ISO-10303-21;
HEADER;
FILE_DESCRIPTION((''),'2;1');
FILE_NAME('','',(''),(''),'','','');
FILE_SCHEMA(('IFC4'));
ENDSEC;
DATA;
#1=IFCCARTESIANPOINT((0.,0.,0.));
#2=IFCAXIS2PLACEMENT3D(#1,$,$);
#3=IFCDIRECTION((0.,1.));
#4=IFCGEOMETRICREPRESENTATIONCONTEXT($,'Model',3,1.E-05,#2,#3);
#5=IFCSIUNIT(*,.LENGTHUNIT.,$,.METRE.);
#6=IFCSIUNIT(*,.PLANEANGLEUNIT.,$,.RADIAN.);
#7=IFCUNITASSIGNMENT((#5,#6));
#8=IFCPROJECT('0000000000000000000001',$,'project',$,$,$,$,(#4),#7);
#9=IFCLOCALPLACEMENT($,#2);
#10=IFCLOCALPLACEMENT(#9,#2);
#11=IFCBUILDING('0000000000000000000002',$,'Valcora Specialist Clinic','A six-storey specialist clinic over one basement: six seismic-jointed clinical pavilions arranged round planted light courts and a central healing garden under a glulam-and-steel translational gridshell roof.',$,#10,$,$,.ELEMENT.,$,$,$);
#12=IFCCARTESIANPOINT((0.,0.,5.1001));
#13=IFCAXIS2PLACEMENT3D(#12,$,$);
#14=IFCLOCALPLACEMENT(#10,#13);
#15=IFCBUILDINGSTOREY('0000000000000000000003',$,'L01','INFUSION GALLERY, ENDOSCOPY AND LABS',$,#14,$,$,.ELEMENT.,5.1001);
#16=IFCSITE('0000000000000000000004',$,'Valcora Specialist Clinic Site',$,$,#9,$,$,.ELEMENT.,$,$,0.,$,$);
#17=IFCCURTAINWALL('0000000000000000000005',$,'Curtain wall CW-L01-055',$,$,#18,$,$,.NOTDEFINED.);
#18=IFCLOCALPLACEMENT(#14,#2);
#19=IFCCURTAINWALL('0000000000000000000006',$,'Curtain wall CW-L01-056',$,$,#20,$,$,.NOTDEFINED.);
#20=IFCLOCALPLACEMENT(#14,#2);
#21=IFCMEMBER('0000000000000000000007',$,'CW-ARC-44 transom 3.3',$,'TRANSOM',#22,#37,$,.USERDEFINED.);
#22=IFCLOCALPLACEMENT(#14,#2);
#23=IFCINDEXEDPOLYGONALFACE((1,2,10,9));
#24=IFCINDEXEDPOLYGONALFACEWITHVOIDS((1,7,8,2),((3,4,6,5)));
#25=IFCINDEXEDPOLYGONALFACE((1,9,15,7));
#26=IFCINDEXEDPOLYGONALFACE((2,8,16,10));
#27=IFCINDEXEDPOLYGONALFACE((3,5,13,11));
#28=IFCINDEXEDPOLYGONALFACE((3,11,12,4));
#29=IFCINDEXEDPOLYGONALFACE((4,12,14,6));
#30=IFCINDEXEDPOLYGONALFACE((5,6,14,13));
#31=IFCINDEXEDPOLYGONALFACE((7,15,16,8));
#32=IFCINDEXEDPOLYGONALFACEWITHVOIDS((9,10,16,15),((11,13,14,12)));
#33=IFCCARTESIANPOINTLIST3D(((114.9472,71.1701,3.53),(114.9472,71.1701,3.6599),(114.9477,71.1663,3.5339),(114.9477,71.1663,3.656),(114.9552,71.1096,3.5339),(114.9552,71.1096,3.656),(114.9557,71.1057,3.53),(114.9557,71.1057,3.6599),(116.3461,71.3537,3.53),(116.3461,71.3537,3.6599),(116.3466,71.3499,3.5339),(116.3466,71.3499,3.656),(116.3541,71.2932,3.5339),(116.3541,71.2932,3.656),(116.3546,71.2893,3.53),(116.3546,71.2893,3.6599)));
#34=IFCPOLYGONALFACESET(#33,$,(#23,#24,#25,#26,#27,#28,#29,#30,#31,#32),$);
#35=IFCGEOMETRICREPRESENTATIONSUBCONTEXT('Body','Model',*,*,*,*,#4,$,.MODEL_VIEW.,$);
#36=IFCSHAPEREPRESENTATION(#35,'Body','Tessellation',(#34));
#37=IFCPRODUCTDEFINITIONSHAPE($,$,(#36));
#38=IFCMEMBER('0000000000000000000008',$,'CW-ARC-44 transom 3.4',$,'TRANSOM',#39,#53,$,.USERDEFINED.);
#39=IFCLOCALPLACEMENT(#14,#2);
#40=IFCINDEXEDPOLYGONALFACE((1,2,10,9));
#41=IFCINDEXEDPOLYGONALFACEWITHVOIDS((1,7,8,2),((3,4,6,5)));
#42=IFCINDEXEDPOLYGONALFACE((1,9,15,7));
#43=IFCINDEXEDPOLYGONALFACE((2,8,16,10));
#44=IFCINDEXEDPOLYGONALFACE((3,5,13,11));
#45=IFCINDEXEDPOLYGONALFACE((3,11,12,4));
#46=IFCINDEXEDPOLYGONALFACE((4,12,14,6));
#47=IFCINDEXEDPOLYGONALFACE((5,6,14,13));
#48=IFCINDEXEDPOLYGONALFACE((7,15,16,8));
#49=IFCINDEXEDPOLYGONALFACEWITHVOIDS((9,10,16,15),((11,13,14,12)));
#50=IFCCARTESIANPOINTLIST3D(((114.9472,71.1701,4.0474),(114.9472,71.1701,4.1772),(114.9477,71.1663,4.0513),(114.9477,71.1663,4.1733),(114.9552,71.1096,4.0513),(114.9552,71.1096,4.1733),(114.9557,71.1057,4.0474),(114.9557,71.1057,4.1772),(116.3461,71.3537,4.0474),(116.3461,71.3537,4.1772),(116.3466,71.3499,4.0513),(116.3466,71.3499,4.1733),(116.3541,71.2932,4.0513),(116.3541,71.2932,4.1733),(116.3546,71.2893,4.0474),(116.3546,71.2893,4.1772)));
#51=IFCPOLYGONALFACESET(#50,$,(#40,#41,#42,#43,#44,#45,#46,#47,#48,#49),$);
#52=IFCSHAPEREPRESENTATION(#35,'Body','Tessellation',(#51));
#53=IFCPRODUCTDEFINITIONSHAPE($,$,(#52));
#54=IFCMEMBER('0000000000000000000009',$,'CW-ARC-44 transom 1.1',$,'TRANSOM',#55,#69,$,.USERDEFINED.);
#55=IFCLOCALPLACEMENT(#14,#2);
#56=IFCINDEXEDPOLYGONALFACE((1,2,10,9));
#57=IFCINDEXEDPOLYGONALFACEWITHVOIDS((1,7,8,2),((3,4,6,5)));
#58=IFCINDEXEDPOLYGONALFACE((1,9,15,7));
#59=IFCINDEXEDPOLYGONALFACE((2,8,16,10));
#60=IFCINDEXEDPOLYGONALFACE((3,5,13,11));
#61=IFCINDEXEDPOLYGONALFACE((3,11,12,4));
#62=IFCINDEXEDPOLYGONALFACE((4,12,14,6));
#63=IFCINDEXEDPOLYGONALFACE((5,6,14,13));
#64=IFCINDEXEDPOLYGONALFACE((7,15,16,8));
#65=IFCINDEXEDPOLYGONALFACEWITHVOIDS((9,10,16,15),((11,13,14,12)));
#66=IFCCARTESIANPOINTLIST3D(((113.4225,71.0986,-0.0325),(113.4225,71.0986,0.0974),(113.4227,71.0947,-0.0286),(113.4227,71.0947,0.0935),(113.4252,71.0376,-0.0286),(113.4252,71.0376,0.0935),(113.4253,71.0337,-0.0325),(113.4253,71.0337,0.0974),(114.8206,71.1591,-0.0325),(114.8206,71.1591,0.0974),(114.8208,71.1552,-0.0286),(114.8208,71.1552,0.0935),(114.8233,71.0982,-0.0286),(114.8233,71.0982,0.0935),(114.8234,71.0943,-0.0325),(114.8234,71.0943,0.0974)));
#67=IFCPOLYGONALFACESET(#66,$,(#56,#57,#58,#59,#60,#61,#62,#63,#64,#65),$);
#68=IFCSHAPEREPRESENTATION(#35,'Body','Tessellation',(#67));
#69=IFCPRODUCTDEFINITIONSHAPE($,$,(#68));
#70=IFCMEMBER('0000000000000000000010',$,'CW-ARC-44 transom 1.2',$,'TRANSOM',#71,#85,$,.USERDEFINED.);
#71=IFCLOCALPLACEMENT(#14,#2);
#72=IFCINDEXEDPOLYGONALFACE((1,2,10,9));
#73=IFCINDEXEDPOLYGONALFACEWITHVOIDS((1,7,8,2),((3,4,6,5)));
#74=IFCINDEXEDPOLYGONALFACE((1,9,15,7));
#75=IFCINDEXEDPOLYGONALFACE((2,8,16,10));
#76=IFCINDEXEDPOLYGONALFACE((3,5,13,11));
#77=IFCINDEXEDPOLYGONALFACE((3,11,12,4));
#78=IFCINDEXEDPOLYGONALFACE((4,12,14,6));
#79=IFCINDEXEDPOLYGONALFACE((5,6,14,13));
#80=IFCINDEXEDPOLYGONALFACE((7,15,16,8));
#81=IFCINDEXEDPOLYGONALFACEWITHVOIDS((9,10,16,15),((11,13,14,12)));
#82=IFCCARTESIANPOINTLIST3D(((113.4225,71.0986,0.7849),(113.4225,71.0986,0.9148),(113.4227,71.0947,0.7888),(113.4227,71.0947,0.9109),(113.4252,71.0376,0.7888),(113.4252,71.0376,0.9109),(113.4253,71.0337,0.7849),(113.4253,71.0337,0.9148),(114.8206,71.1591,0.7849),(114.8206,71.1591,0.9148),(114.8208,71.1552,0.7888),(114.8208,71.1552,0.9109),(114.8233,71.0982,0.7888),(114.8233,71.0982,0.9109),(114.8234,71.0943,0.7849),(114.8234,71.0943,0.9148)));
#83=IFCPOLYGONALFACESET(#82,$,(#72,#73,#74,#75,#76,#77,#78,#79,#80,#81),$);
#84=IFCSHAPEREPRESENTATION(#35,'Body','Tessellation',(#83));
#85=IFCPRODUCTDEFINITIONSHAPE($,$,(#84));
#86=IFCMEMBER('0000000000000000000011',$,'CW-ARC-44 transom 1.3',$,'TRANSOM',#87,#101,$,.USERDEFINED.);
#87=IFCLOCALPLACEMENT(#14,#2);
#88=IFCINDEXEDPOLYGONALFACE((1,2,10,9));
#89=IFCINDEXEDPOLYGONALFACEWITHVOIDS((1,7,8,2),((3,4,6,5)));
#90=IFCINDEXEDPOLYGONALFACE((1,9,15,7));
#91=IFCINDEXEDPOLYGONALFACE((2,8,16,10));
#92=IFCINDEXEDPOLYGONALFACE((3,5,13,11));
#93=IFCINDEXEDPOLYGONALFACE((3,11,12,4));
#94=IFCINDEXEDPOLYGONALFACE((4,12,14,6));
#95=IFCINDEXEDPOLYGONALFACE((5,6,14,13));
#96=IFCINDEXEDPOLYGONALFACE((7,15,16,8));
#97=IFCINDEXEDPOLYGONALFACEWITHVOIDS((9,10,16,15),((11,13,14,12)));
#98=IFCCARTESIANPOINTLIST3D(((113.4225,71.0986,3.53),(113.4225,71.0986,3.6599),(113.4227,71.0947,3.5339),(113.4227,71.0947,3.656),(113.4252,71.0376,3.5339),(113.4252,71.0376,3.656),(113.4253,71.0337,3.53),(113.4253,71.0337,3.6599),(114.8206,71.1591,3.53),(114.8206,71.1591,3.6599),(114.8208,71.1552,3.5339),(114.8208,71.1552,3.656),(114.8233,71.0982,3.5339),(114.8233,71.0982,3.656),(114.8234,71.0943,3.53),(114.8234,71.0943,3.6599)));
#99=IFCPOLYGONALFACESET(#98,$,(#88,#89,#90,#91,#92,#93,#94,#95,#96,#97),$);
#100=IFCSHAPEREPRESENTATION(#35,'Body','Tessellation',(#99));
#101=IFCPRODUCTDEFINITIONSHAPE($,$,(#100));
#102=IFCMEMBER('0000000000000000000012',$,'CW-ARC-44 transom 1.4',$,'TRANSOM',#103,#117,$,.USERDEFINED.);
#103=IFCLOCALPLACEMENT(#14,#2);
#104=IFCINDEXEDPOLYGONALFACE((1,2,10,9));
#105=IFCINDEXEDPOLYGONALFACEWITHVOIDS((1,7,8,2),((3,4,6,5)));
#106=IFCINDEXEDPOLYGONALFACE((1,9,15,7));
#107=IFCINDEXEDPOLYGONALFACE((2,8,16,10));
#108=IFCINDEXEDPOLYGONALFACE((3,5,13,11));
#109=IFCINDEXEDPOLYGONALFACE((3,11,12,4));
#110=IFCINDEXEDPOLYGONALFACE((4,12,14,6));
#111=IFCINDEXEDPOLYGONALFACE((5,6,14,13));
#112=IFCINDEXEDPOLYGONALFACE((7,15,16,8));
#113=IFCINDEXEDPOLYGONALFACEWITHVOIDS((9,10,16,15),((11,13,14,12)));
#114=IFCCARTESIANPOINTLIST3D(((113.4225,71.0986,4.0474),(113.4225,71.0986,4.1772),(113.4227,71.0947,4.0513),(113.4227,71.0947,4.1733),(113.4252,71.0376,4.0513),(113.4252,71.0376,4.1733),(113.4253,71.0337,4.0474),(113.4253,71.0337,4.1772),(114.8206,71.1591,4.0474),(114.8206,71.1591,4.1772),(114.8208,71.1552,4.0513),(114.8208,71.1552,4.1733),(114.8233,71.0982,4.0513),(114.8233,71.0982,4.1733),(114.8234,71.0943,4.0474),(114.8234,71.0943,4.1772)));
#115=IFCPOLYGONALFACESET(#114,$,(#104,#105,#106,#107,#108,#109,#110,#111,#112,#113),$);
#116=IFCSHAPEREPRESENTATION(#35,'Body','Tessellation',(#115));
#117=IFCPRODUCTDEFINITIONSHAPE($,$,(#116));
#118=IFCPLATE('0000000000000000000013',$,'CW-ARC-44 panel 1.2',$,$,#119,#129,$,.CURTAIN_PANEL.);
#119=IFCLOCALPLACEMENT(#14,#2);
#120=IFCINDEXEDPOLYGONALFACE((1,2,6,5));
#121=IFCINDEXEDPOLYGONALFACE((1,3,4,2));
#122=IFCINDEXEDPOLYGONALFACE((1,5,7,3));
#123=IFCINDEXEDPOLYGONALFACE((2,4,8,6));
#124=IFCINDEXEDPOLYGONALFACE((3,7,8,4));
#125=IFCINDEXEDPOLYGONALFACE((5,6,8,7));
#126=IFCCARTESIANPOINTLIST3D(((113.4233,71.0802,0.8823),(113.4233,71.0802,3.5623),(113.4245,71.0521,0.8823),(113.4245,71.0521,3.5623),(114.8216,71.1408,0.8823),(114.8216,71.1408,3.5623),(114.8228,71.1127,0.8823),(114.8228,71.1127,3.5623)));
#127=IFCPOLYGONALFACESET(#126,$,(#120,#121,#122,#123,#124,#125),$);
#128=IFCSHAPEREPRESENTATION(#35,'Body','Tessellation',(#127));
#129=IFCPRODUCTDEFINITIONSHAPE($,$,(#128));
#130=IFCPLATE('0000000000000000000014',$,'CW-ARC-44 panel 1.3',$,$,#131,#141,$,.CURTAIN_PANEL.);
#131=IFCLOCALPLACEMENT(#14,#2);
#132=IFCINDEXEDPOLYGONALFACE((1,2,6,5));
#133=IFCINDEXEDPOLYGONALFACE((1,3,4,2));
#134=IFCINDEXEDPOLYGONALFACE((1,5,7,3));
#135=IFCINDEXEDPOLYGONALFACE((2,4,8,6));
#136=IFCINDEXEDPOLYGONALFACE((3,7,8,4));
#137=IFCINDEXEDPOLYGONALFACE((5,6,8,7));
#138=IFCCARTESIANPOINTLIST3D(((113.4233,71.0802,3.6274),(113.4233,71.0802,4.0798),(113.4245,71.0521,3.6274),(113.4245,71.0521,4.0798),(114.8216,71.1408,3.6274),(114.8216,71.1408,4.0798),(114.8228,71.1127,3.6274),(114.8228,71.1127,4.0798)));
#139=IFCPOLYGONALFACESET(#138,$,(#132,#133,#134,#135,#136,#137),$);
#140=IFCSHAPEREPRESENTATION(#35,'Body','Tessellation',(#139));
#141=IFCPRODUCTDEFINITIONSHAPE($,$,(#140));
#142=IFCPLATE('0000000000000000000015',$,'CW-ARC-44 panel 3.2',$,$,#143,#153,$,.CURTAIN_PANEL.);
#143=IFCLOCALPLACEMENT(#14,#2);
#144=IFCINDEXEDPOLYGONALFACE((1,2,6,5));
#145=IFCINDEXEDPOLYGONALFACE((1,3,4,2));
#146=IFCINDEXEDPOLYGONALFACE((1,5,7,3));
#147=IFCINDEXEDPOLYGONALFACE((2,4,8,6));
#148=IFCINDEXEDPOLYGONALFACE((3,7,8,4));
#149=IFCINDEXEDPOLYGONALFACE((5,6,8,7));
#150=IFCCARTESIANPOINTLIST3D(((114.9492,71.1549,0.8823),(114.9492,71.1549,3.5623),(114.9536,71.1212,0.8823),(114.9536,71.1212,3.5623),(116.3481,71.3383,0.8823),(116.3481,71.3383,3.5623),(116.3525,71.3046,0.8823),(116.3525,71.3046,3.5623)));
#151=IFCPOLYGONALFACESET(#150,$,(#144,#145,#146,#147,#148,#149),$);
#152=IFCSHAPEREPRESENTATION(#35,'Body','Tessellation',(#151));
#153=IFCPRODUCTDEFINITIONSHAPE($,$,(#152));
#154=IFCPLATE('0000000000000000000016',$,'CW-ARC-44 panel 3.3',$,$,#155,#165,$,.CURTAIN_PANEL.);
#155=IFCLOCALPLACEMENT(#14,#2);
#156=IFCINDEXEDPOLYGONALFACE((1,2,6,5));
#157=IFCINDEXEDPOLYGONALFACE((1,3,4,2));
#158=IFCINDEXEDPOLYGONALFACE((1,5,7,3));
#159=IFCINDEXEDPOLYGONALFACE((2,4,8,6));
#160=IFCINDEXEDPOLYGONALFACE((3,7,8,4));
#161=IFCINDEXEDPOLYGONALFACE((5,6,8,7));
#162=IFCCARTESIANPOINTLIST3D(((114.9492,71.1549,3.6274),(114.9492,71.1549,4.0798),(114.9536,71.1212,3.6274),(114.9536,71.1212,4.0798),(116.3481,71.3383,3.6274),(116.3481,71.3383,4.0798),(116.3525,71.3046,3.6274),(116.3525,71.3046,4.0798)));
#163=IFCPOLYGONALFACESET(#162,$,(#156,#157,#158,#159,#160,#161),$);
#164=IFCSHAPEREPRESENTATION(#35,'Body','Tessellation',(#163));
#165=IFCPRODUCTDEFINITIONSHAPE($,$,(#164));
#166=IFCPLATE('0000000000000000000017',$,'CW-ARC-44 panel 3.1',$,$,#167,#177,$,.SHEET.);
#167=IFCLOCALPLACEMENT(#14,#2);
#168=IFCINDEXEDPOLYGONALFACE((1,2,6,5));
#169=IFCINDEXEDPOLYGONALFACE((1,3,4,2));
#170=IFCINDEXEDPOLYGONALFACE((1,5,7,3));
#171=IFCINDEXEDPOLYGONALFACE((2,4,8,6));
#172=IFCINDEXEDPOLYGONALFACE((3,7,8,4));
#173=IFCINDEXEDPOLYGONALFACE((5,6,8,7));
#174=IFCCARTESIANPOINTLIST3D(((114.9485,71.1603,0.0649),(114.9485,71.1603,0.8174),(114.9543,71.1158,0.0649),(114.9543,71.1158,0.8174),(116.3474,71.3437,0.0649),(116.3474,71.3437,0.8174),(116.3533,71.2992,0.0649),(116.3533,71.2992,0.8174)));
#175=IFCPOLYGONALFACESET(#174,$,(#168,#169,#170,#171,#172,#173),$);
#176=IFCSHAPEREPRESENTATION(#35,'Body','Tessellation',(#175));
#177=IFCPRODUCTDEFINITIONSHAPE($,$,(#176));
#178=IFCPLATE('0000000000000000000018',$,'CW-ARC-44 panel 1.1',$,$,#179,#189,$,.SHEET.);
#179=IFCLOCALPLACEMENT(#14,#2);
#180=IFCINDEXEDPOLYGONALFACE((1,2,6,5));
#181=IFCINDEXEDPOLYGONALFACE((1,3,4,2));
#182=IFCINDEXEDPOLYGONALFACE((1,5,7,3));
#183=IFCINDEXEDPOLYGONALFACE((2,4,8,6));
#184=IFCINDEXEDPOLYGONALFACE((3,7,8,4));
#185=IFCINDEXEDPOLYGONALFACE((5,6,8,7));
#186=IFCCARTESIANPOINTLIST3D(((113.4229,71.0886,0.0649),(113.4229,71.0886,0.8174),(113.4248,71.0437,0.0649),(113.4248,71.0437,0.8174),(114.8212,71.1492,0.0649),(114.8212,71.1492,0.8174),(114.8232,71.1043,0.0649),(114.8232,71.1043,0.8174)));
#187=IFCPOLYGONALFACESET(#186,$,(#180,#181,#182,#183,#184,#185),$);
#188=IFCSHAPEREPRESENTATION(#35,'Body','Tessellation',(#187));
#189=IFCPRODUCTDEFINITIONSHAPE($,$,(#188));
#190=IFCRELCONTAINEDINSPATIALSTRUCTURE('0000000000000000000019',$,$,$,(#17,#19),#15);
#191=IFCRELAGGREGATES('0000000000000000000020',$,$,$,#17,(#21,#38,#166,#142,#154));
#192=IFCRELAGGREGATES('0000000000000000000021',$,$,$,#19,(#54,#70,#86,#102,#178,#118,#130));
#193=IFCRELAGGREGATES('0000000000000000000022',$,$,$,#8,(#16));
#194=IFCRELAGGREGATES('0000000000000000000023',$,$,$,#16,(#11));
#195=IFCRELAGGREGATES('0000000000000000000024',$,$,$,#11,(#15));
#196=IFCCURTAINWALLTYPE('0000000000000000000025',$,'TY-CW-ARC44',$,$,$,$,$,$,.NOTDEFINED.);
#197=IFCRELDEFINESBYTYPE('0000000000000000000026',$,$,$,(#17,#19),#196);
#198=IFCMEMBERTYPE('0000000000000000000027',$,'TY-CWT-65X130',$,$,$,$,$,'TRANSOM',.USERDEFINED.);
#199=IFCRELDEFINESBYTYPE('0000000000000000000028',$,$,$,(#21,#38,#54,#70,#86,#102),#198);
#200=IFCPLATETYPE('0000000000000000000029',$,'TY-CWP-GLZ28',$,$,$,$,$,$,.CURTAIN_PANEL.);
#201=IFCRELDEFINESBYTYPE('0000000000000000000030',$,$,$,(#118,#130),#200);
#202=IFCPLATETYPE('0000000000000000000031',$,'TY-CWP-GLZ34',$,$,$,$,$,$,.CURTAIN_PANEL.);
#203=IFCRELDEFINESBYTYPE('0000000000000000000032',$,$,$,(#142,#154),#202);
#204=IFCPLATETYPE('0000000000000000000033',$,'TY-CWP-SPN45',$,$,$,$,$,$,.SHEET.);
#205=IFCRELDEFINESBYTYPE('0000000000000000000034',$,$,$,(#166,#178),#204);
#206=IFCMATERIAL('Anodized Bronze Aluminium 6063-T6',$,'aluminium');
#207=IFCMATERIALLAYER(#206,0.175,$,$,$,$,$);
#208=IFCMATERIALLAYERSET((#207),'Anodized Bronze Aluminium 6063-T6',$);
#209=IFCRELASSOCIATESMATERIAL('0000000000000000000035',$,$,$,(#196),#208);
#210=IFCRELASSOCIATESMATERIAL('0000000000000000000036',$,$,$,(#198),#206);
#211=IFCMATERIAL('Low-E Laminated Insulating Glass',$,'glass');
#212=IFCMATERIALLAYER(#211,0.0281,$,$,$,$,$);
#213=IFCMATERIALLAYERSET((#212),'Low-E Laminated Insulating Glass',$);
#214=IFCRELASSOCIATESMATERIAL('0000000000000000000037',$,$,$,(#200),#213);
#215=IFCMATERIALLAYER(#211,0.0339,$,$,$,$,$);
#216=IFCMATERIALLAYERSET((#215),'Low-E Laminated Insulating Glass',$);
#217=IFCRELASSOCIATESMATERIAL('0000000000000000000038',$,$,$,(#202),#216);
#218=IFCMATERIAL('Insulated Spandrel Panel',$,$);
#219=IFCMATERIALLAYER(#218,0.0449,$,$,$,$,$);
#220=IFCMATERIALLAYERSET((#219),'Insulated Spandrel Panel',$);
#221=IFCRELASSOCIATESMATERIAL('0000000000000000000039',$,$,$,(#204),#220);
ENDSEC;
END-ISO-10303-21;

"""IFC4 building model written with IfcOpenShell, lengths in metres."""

from ifc_helpers import new_model, si_unit, direction, frame, origin, origin_2d, place, context, subcontext, project, spatial, rectangle, hollow_rectangle, extrude, material, layer, layer_set, material_profile, profile_set, type_object, element, aggregate, save


model = new_model("IFC4")

# Units and contexts
model_context = context("Model", 3, precision=1e-05, world=origin(), true_north=direction((0.0, 1.0)))
body_context = subcontext(model_context, "Body", "Model", "MODEL_VIEW")
ifc_project = project(units=[si_unit("LENGTHUNIT", "METRE"), si_unit("PLANEANGLEUNIT", "RADIAN")], contexts=[model_context])

# Site, building, storey
site_placement = place(None, origin())
site = spatial("IfcSite", under=ifc_project, at=site_placement, Name="Valcora Specialist Clinic Site", CompositionType="ELEMENT", RefElevation=0.0)
building_placement = place(site_placement, origin())
building = spatial("IfcBuilding", under=site, at=building_placement, Name="Valcora Specialist Clinic", Description="A six-storey specialist clinic over one basement: six seismic-jointed clinical pavilions arranged round planted light courts and a central healing garden under a glulam-and-steel translational gridshell roof.", CompositionType="ELEMENT")
storey_placement = place(building_placement, frame((0.0, 0.0, 5.1001)))
storey = spatial("IfcBuildingStorey", under=building, at=storey_placement, Name="L01", Description="INFUSION GALLERY, ENDOSCOPY AND LABS", CompositionType="ELEMENT", Elevation=5.1001)

# Curtain wall
ifc_material_1 = material(Name="Anodized Bronze Aluminium 6063-T6", Category="aluminium")
ifc_layer_1 = layer(ifc_material_1, 0.175)
ifc_layer_set_1 = layer_set([ifc_layer_1], Name="Anodized Bronze Aluminium 6063-T6")
curtain_wall_type = type_object("IfcCurtainWallType", Name="TY-CW-ARC44", PredefinedType="NOTDEFINED", material=ifc_layer_set_1)
curtain_wall_1_placement = place(storey_placement, origin())
curtain_wall_1 = element("IfcCurtainWall", 1, at=curtain_wall_1_placement, inside=storey, type_object=curtain_wall_type, Name="Curtain wall CW-L01-055", PredefinedType="NOTDEFINED")

# Curtain wall
curtain_wall_2_placement = place(storey_placement, origin())
curtain_wall_2 = element("IfcCurtainWall", 2, at=curtain_wall_2_placement, inside=storey, type_object=curtain_wall_type, Name="Curtain wall CW-L01-056", PredefinedType="NOTDEFINED")

# Members
ifc_material_profile_1 = material_profile(ifc_material_1, hollow_rectangle(XDim=0.0649, YDim=0.1299, WallThickness=0.0039, at=origin_2d()), Name="AL-TRN-65X130")
ifc_profile_set_1 = profile_set([ifc_material_profile_1], Name="Anodized Bronze Aluminium 6063-T6")
member_type_1 = type_object("IfcMemberType", Name="TY-CWT-65X130", ElementType="TRANSOM", PredefinedType="USERDEFINED", material=ifc_profile_set_1)
member_1_placement = place(storey_placement, frame((116.3503, 71.3215, 3.595), z_axis=(-0.991498, -0.130123, 0.0), x_axis=(0.130123, -0.991498, 0.0)))
member_1 = element("IfcMember", 3, at=member_1_placement, type_object=member_type_1, Name="CW-ARC-44 transom 3.3", ObjectType="TRANSOM", PredefinedType="USERDEFINED", context=body_context, shape_type="SweptSolid", body=[
    extrude(hollow_rectangle(XDim=0.0649, YDim=0.1299, WallThickness=0.0039, at=origin_2d()), origin(), (0.0, 0.0, 1.0), 1.4109),
])
member_2_placement = place(storey_placement, frame((116.3503, 71.3215, 4.1123), z_axis=(-0.991498, -0.130123, 0.0), x_axis=(0.130123, -0.991498, 0.0)))
member_2 = element("IfcMember", 4, at=member_2_placement, type_object=member_type_1, Name="CW-ARC-44 transom 3.4", ObjectType="TRANSOM", PredefinedType="USERDEFINED", context=body_context, shape_type="SweptSolid", body=[
    extrude(hollow_rectangle(XDim=0.0649, YDim=0.1299, WallThickness=0.0039, at=origin_2d()), origin(), (0.0, 0.0, 1.0), 1.4109),
])
member_3_placement = place(storey_placement, frame((114.822, 71.1267, 0.0325), z_axis=(-0.999064, -0.043263, 0.0), x_axis=(0.043263, -0.999064, 0.0)))
member_3 = element("IfcMember", 5, at=member_3_placement, type_object=member_type_1, Name="CW-ARC-44 transom 1.1", ObjectType="TRANSOM", PredefinedType="USERDEFINED", context=body_context, shape_type="SweptSolid", body=[
    extrude(hollow_rectangle(XDim=0.0649, YDim=0.1299, WallThickness=0.0039, at=origin_2d()), origin(), (0.0, 0.0, 1.0), 1.3994),
])
member_4_placement = place(storey_placement, frame((114.822, 71.1267, 0.8499), z_axis=(-0.999064, -0.043263, 0.0), x_axis=(0.043263, -0.999064, 0.0)))
member_4 = element("IfcMember", 6, at=member_4_placement, type_object=member_type_1, Name="CW-ARC-44 transom 1.2", ObjectType="TRANSOM", PredefinedType="USERDEFINED", context=body_context, shape_type="SweptSolid", body=[
    extrude(hollow_rectangle(XDim=0.0649, YDim=0.1299, WallThickness=0.0039, at=origin_2d()), origin(), (0.0, 0.0, 1.0), 1.3994),
])
member_5_placement = place(storey_placement, frame((114.822, 71.1267, 3.595), z_axis=(-0.999064, -0.043263, 0.0), x_axis=(0.043263, -0.999064, 0.0)))
member_5 = element("IfcMember", 7, at=member_5_placement, type_object=member_type_1, Name="CW-ARC-44 transom 1.3", ObjectType="TRANSOM", PredefinedType="USERDEFINED", context=body_context, shape_type="SweptSolid", body=[
    extrude(hollow_rectangle(XDim=0.0649, YDim=0.1299, WallThickness=0.0039, at=origin_2d()), origin(), (0.0, 0.0, 1.0), 1.3994),
])
member_6_placement = place(storey_placement, frame((114.822, 71.1267, 4.1123), z_axis=(-0.999064, -0.043263, 0.0), x_axis=(0.043263, -0.999064, 0.0)))
member_6 = element("IfcMember", 8, at=member_6_placement, type_object=member_type_1, Name="CW-ARC-44 transom 1.4", ObjectType="TRANSOM", PredefinedType="USERDEFINED", context=body_context, shape_type="SweptSolid", body=[
    extrude(hollow_rectangle(XDim=0.0649, YDim=0.1299, WallThickness=0.0039, at=origin_2d()), origin(), (0.0, 0.0, 1.0), 1.3994),
])

# Plates
ifc_material_2 = material(Name="Low-E Laminated Insulating Glass", Category="glass")
ifc_layer_2 = layer(ifc_material_2, 0.0281)
ifc_layer_set_2 = layer_set([ifc_layer_2], Name="Low-E Laminated Insulating Glass")
plate_type_1 = type_object("IfcPlateType", Name="TY-CWP-GLZ28", PredefinedType="CURTAIN_PANEL", material=ifc_layer_set_2)
plate_1_placement = place(storey_placement, frame((114.123, 71.0964, 0.8823), z_axis=(0.0, 0.0, 1.0), x_axis=(-0.999062, -0.043307, 0.0)))
plate_1 = element("IfcPlate", 9, at=plate_1_placement, type_object=plate_type_1, Name="CW-ARC-44 panel 1.2", PredefinedType="CURTAIN_PANEL", context=body_context, shape_type="SweptSolid", body=[
    extrude(rectangle(XDim=1.3997, YDim=0.0281, at=origin_2d()), origin(), (0.0, 0.0, 1.0), 2.6799),
])
plate_2_placement = place(storey_placement, frame((114.123, 71.0964, 3.6274), z_axis=(0.0, 0.0, 1.0), x_axis=(-0.999062, -0.043307, 0.0)))
plate_2 = element("IfcPlate", 10, at=plate_2_placement, type_object=plate_type_1, Name="CW-ARC-44 panel 1.3", PredefinedType="CURTAIN_PANEL", context=body_context, shape_type="SweptSolid", body=[
    extrude(rectangle(XDim=1.3997, YDim=0.0281, at=origin_2d()), origin(), (0.0, 0.0, 1.0), 0.4524),
])
ifc_layer_3 = layer(ifc_material_2, 0.0339)
ifc_layer_set_3 = layer_set([ifc_layer_3], Name="Low-E Laminated Insulating Glass")
plate_type_2 = type_object("IfcPlateType", Name="TY-CWP-GLZ34", PredefinedType="CURTAIN_PANEL", material=ifc_layer_set_3)
plate_3_placement = place(storey_placement, frame((115.6509, 71.2297, 0.8823), z_axis=(0.0, 0.0, 1.0), x_axis=(-0.991514, -0.129999, 0.0)))
plate_3 = element("IfcPlate", 11, at=plate_3_placement, type_object=plate_type_2, Name="CW-ARC-44 panel 3.2", PredefinedType="CURTAIN_PANEL", context=body_context, shape_type="SweptSolid", body=[
    extrude(rectangle(XDim=1.4109, YDim=0.0339, at=origin_2d()), origin(), (0.0, 0.0, 1.0), 2.6799),
])
plate_4_placement = place(storey_placement, frame((115.6509, 71.2297, 3.6274), z_axis=(0.0, 0.0, 1.0), x_axis=(-0.991514, -0.129999, 0.0)))
plate_4 = element("IfcPlate", 12, at=plate_4_placement, type_object=plate_type_2, Name="CW-ARC-44 panel 3.3", PredefinedType="CURTAIN_PANEL", context=body_context, shape_type="SweptSolid", body=[
    extrude(rectangle(XDim=1.4109, YDim=0.0339, at=origin_2d()), origin(), (0.0, 0.0, 1.0), 0.4524),
])
ifc_material_3 = material(Name="Insulated Spandrel Panel")
ifc_layer_4 = layer(ifc_material_3, 0.0449)
ifc_layer_set_4 = layer_set([ifc_layer_4], Name="Insulated Spandrel Panel")
plate_type_3 = type_object("IfcPlateType", Name="TY-CWP-SPN45", PredefinedType="SHEET", material=ifc_layer_set_4)
plate_5_placement = place(storey_placement, frame((115.6509, 71.2297, 0.0649), z_axis=(0.0, 0.0, 1.0), x_axis=(-0.991514, -0.129999, 0.0)))
plate_5 = element("IfcPlate", 13, at=plate_5_placement, type_object=plate_type_3, Name="CW-ARC-44 panel 3.1", PredefinedType="SHEET", context=body_context, shape_type="SweptSolid", body=[
    extrude(rectangle(XDim=1.4109, YDim=0.0449, at=origin_2d()), origin(), (0.0, 0.0, 1.0), 0.7524),
])
aggregate(curtain_wall_1, [member_1, member_2, plate_5, plate_3, plate_4])
plate_6_placement = place(storey_placement, frame((114.123, 71.0964, 0.0649), z_axis=(0.0, 0.0, 1.0), x_axis=(-0.999062, -0.043307, 0.0)))
plate_6 = element("IfcPlate", 14, at=plate_6_placement, type_object=plate_type_3, Name="CW-ARC-44 panel 1.1", PredefinedType="SHEET", context=body_context, shape_type="SweptSolid", body=[
    extrude(rectangle(XDim=1.3997, YDim=0.0449, at=origin_2d()), origin(), (0.0, 0.0, 1.0), 0.7524),
])
aggregate(curtain_wall_2, [member_3, member_4, member_5, member_6, plate_6, plate_1, plate_2])

save(model, "model.ifc")
